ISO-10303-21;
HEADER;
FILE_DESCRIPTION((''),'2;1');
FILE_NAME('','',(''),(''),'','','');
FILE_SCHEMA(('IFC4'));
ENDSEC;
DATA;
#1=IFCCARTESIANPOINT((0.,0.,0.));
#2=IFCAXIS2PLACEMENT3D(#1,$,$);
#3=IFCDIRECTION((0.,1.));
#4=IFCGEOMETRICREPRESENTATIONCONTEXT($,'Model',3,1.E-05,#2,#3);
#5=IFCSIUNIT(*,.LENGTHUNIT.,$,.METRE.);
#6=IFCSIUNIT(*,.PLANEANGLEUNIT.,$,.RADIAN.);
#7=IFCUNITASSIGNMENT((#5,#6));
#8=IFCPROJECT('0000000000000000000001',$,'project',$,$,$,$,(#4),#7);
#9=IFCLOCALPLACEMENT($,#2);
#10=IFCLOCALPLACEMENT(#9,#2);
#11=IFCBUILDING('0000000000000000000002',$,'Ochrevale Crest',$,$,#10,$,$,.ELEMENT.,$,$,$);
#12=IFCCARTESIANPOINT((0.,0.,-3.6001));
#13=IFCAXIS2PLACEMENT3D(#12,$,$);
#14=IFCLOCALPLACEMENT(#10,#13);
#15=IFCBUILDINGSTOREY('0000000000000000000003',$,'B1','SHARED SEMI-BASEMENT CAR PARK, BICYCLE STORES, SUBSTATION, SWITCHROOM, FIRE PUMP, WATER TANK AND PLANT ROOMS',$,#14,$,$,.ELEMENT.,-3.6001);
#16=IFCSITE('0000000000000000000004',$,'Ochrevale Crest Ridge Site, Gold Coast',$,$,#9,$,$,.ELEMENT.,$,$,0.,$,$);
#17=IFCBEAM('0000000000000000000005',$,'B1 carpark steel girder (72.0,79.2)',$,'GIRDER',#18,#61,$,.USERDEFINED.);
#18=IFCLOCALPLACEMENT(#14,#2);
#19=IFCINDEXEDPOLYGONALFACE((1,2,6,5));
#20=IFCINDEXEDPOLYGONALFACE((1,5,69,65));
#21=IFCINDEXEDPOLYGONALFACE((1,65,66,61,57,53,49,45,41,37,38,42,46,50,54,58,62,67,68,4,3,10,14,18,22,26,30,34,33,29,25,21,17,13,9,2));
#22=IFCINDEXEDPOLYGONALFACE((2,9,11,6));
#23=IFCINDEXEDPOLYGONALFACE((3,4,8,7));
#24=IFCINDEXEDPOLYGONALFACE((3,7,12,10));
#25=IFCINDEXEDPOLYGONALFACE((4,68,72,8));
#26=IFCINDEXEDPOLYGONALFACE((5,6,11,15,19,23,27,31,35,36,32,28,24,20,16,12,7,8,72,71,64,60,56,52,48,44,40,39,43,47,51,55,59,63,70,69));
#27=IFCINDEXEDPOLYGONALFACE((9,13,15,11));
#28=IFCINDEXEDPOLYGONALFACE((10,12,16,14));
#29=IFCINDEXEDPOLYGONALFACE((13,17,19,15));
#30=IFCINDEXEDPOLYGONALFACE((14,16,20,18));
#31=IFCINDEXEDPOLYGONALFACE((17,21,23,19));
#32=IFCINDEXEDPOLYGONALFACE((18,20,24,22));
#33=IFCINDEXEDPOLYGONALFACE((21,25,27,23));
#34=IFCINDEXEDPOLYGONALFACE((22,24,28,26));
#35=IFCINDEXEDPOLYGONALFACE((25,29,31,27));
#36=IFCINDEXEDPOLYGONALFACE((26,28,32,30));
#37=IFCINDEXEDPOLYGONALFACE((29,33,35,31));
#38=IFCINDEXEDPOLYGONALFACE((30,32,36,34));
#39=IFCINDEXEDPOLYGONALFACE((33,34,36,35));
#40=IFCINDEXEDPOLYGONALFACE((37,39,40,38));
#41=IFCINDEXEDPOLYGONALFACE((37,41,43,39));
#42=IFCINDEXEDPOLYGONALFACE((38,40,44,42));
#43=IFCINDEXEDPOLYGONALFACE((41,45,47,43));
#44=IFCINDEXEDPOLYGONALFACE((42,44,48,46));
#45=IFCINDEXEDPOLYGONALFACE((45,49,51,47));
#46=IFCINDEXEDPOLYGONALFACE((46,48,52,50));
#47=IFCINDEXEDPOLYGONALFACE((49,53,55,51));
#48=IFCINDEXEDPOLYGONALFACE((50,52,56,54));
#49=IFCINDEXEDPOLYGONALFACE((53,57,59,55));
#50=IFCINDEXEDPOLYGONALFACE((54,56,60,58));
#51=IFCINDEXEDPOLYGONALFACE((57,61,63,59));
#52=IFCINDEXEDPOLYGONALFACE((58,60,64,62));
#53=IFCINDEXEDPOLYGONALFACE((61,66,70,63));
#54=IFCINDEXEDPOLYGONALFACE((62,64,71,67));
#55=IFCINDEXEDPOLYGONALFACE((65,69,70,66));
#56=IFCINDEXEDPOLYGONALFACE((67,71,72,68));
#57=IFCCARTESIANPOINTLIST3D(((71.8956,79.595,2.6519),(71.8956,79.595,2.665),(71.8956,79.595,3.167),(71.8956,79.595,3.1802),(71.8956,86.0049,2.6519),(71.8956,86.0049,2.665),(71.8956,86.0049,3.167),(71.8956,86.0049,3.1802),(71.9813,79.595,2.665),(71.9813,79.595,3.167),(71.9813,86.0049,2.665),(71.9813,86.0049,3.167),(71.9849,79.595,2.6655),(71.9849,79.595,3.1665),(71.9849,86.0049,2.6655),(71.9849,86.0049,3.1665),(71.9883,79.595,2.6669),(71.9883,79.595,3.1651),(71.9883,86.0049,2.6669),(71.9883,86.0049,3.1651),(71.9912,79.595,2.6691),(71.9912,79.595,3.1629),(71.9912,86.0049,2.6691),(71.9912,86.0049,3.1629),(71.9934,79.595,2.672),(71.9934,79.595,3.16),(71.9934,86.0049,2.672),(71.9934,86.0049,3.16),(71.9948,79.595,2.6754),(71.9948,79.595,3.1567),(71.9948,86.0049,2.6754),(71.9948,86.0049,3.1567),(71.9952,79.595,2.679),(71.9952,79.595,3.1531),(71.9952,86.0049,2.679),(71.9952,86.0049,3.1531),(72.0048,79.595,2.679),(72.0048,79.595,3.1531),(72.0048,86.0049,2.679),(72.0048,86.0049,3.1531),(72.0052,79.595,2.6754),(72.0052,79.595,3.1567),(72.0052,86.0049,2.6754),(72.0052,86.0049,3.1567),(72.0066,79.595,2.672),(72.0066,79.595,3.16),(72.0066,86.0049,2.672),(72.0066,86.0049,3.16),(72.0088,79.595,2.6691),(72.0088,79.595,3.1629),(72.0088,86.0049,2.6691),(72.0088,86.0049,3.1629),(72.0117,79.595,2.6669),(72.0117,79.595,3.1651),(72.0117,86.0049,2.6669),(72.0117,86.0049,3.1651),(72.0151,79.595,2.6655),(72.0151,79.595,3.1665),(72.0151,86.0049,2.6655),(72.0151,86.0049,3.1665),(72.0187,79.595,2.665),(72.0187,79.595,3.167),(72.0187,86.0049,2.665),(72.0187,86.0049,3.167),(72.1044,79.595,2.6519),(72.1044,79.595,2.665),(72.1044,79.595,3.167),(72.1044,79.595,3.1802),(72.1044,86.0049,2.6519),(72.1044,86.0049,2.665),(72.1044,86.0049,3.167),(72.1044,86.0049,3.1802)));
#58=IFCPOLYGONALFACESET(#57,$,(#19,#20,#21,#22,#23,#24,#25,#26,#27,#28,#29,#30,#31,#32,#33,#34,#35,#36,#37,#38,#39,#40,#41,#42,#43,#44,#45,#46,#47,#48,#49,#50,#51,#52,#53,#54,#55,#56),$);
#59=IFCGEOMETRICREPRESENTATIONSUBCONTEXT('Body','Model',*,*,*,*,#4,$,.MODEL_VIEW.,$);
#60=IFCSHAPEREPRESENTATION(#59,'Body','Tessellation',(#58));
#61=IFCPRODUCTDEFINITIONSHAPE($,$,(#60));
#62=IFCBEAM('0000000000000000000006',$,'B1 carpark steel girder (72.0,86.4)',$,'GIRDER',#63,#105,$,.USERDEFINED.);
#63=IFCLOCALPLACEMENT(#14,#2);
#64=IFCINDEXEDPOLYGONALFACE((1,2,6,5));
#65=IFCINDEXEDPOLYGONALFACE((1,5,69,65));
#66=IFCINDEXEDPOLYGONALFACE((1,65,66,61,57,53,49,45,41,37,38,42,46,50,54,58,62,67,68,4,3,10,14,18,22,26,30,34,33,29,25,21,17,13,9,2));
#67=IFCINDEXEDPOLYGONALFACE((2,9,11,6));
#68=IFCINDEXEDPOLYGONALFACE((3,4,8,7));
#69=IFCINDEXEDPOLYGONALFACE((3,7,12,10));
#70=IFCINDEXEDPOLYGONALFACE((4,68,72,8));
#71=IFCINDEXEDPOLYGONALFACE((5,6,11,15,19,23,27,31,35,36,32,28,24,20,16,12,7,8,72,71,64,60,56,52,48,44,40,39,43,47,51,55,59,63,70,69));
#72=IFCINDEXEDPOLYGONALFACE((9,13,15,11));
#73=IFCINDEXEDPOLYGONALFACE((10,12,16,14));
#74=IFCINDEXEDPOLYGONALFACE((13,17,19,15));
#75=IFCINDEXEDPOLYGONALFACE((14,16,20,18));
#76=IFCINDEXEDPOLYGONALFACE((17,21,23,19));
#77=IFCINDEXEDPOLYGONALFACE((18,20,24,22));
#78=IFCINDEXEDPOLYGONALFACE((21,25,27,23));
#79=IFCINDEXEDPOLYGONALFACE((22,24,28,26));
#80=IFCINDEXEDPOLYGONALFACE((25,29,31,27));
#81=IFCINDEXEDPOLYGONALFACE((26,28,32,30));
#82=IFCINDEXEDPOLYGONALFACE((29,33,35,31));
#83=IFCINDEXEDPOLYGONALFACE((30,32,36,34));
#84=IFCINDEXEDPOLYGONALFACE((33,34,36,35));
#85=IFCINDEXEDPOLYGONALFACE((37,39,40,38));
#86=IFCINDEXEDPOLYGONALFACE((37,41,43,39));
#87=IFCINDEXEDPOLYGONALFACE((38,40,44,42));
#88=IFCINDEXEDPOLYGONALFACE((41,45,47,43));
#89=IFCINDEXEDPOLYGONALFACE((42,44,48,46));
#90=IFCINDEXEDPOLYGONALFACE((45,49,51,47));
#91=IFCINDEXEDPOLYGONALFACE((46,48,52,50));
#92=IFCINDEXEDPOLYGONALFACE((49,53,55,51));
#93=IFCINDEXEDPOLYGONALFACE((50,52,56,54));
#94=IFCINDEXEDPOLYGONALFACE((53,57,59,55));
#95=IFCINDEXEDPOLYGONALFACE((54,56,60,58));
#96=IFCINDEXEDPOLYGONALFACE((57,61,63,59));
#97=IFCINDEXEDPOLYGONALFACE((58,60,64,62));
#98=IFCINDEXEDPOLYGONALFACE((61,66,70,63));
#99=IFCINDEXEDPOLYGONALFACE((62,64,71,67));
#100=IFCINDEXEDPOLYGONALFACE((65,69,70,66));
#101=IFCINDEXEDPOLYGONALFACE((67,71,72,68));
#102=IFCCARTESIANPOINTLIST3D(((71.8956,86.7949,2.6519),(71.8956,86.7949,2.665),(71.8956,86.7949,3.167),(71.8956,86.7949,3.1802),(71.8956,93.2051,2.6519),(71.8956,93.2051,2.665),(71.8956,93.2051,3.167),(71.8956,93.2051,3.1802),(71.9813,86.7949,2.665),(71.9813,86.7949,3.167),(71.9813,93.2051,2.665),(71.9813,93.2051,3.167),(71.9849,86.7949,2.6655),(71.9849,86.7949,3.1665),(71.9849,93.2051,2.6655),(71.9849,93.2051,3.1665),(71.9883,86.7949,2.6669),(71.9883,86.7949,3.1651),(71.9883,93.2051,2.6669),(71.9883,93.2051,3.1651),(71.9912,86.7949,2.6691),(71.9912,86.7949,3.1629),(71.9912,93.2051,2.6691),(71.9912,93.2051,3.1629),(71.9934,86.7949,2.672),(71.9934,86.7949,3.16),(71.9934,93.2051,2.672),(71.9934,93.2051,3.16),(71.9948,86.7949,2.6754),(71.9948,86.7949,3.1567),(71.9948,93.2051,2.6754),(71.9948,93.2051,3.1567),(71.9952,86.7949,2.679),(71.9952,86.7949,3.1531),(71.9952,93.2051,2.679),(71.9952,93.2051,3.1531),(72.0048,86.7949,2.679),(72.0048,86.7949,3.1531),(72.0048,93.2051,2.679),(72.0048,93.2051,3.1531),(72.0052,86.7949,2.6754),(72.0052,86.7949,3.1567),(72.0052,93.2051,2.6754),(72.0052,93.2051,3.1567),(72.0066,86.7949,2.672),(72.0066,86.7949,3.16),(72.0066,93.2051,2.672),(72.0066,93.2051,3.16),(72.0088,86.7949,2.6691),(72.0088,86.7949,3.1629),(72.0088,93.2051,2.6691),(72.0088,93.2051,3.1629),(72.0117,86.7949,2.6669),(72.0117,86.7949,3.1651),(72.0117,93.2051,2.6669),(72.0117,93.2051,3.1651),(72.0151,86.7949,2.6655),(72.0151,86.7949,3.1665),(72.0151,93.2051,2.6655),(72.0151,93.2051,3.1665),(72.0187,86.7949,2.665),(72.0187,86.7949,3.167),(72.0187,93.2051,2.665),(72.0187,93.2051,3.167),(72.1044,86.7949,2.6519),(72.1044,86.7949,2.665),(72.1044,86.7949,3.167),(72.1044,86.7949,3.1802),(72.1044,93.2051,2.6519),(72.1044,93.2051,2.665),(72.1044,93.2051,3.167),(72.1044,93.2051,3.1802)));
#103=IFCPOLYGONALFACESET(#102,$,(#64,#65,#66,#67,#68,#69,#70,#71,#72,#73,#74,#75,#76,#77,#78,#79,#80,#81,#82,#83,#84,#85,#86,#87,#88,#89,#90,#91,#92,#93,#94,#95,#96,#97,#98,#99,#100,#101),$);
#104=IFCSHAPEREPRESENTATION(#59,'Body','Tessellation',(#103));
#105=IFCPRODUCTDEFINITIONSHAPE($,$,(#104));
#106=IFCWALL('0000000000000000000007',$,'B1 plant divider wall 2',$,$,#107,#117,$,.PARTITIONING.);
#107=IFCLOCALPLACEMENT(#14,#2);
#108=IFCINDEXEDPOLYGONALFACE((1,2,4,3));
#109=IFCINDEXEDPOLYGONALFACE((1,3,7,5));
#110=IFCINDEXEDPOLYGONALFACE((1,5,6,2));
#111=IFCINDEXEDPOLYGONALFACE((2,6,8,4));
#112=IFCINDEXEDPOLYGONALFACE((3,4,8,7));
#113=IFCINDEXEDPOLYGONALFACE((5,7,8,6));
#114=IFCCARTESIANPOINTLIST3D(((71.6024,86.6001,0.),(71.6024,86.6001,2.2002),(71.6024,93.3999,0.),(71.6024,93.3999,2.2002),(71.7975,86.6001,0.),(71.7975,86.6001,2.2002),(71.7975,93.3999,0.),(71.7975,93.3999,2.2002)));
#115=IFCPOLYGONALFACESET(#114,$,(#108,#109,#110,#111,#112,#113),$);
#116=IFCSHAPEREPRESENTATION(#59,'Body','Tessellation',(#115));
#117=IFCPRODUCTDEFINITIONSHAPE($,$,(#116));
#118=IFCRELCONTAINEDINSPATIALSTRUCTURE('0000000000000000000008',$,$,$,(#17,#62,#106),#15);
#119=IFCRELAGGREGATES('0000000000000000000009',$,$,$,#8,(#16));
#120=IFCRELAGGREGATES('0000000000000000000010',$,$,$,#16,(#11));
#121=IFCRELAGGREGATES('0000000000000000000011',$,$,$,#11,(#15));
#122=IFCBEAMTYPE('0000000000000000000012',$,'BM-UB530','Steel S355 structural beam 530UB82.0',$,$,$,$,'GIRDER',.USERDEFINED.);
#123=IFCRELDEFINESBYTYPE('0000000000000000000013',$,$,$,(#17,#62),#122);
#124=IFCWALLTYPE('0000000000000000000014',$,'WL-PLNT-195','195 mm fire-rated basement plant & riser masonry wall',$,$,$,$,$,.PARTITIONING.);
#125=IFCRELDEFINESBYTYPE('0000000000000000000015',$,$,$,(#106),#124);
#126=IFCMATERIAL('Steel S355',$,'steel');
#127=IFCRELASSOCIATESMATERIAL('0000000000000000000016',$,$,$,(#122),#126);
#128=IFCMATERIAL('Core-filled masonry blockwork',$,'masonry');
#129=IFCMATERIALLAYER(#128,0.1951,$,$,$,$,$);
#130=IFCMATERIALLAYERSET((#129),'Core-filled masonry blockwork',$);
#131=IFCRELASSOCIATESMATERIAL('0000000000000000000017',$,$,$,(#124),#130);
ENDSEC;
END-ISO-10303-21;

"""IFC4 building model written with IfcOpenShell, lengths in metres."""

from ifc_helpers import new_model, si_unit, direction, frame, frame_2d, origin, origin_2d, place, context, subcontext, project, spatial, rectangle, i_section, extrude, material, layer, layer_set, material_profile, profile_set, type_object, element, save


model = new_model("IFC4")

# Units and contexts
model_context = context("Model", 3, precision=1e-05, world=origin(), true_north=direction((0.0, 1.0)))
body_context = subcontext(model_context, "Body", "Model", "MODEL_VIEW")
ifc_project = project(units=[si_unit("LENGTHUNIT", "METRE"), si_unit("PLANEANGLEUNIT", "RADIAN")], contexts=[model_context])

# Site, building, storey
site_placement = place(None, origin())
site = spatial("IfcSite", under=ifc_project, at=site_placement, Name="Ochrevale Crest Ridge Site, Gold Coast", CompositionType="ELEMENT", RefElevation=0.0)
building_placement = place(site_placement, origin())
building = spatial("IfcBuilding", under=site, at=building_placement, Name="Ochrevale Crest", CompositionType="ELEMENT")
storey_placement = place(building_placement, frame((0.0, 0.0, -3.6001)))
storey = spatial("IfcBuildingStorey", under=building, at=storey_placement, Name="B1", Description="SHARED SEMI-BASEMENT CAR PARK, BICYCLE STORES, SUBSTATION, SWITCHROOM, FIRE PUMP, WATER TANK AND PLANT ROOMS", CompositionType="ELEMENT", Elevation=-3.6001)

# Beams
ifc_material_1 = material(Name="Steel S355", Category="steel")
ifc_material_profile_1 = material_profile(ifc_material_1, i_section(OverallWidth=0.2087, OverallDepth=0.5283, WebThickness=0.0095, FlangeThickness=0.0132, FilletRadius=0.0139, at=origin_2d()), Name="530UB82.0")
ifc_profile_set_1 = profile_set([ifc_material_profile_1], Name="Steel S355")
beam_type_1 = type_object("IfcBeamType", Name="BM-UB530", Description="Steel S355 structural beam 530UB82.0", ElementType="GIRDER", PredefinedType="USERDEFINED", material=ifc_profile_set_1)
beam_1_placement = place(storey_placement, frame((72.0, 79.595, 2.916), z_axis=(0.0, 1.0, 0.0), x_axis=(-1.0, 0.0, 0.0)))
element("IfcBeam", 1, at=beam_1_placement, inside=storey, type_object=beam_type_1, Name="B1 carpark steel girder (72.0,79.2)", ObjectType="GIRDER", PredefinedType="USERDEFINED", context=body_context, shape_type="SweptSolid", body=[
    extrude(i_section(OverallWidth=0.2087, OverallDepth=0.5283, WebThickness=0.0095, FlangeThickness=0.0132, FilletRadius=0.0139, at=origin_2d()), origin(), (0.0, 0.0, 1.0), 6.4099),
])
beam_2_placement = place(storey_placement, frame((72.0, 86.7949, 2.916), z_axis=(0.0, 1.0, 0.0), x_axis=(-1.0, 0.0, 0.0)))
element("IfcBeam", 2, at=beam_2_placement, inside=storey, type_object=beam_type_1, Name="B1 carpark steel girder (72.0,86.4)", ObjectType="GIRDER", PredefinedType="USERDEFINED", context=body_context, shape_type="SweptSolid", body=[
    extrude(i_section(OverallWidth=0.2087, OverallDepth=0.5283, WebThickness=0.0095, FlangeThickness=0.0132, FilletRadius=0.0139, at=origin_2d()), origin(), (0.0, 0.0, 1.0), 6.4102),
])

# Shared definitions
ifc_material_2 = material(Name="Core-filled masonry blockwork", Category="masonry")
ifc_layer = layer(ifc_material_2, 0.1951)
ifc_layer_set = layer_set([ifc_layer], Name="Core-filled masonry blockwork")
wall_type = type_object("IfcWallType", Name="WL-PLNT-195", Description="195 mm fire-rated basement plant & riser masonry wall", PredefinedType="PARTITIONING", material=ifc_layer_set)

# Wall
wall_1_placement = place(storey_placement, frame((71.7, 86.6001, 0.0), z_axis=(0.0, 0.0, 1.0), x_axis=(0.0, 1.0, 0.0)))
element("IfcWall", 3, at=wall_1_placement, inside=storey, type_object=wall_type, Name="B1 plant divider wall 2", PredefinedType="PARTITIONING", context=body_context, shape_type="SweptSolid", body=[
    extrude(rectangle(XDim=6.7998, YDim=0.1951, at=frame_2d((3.3999, 0.0))), origin(), (0.0, 0.0, 1.0), 2.2002),
])

save(model, "model.ifc")
